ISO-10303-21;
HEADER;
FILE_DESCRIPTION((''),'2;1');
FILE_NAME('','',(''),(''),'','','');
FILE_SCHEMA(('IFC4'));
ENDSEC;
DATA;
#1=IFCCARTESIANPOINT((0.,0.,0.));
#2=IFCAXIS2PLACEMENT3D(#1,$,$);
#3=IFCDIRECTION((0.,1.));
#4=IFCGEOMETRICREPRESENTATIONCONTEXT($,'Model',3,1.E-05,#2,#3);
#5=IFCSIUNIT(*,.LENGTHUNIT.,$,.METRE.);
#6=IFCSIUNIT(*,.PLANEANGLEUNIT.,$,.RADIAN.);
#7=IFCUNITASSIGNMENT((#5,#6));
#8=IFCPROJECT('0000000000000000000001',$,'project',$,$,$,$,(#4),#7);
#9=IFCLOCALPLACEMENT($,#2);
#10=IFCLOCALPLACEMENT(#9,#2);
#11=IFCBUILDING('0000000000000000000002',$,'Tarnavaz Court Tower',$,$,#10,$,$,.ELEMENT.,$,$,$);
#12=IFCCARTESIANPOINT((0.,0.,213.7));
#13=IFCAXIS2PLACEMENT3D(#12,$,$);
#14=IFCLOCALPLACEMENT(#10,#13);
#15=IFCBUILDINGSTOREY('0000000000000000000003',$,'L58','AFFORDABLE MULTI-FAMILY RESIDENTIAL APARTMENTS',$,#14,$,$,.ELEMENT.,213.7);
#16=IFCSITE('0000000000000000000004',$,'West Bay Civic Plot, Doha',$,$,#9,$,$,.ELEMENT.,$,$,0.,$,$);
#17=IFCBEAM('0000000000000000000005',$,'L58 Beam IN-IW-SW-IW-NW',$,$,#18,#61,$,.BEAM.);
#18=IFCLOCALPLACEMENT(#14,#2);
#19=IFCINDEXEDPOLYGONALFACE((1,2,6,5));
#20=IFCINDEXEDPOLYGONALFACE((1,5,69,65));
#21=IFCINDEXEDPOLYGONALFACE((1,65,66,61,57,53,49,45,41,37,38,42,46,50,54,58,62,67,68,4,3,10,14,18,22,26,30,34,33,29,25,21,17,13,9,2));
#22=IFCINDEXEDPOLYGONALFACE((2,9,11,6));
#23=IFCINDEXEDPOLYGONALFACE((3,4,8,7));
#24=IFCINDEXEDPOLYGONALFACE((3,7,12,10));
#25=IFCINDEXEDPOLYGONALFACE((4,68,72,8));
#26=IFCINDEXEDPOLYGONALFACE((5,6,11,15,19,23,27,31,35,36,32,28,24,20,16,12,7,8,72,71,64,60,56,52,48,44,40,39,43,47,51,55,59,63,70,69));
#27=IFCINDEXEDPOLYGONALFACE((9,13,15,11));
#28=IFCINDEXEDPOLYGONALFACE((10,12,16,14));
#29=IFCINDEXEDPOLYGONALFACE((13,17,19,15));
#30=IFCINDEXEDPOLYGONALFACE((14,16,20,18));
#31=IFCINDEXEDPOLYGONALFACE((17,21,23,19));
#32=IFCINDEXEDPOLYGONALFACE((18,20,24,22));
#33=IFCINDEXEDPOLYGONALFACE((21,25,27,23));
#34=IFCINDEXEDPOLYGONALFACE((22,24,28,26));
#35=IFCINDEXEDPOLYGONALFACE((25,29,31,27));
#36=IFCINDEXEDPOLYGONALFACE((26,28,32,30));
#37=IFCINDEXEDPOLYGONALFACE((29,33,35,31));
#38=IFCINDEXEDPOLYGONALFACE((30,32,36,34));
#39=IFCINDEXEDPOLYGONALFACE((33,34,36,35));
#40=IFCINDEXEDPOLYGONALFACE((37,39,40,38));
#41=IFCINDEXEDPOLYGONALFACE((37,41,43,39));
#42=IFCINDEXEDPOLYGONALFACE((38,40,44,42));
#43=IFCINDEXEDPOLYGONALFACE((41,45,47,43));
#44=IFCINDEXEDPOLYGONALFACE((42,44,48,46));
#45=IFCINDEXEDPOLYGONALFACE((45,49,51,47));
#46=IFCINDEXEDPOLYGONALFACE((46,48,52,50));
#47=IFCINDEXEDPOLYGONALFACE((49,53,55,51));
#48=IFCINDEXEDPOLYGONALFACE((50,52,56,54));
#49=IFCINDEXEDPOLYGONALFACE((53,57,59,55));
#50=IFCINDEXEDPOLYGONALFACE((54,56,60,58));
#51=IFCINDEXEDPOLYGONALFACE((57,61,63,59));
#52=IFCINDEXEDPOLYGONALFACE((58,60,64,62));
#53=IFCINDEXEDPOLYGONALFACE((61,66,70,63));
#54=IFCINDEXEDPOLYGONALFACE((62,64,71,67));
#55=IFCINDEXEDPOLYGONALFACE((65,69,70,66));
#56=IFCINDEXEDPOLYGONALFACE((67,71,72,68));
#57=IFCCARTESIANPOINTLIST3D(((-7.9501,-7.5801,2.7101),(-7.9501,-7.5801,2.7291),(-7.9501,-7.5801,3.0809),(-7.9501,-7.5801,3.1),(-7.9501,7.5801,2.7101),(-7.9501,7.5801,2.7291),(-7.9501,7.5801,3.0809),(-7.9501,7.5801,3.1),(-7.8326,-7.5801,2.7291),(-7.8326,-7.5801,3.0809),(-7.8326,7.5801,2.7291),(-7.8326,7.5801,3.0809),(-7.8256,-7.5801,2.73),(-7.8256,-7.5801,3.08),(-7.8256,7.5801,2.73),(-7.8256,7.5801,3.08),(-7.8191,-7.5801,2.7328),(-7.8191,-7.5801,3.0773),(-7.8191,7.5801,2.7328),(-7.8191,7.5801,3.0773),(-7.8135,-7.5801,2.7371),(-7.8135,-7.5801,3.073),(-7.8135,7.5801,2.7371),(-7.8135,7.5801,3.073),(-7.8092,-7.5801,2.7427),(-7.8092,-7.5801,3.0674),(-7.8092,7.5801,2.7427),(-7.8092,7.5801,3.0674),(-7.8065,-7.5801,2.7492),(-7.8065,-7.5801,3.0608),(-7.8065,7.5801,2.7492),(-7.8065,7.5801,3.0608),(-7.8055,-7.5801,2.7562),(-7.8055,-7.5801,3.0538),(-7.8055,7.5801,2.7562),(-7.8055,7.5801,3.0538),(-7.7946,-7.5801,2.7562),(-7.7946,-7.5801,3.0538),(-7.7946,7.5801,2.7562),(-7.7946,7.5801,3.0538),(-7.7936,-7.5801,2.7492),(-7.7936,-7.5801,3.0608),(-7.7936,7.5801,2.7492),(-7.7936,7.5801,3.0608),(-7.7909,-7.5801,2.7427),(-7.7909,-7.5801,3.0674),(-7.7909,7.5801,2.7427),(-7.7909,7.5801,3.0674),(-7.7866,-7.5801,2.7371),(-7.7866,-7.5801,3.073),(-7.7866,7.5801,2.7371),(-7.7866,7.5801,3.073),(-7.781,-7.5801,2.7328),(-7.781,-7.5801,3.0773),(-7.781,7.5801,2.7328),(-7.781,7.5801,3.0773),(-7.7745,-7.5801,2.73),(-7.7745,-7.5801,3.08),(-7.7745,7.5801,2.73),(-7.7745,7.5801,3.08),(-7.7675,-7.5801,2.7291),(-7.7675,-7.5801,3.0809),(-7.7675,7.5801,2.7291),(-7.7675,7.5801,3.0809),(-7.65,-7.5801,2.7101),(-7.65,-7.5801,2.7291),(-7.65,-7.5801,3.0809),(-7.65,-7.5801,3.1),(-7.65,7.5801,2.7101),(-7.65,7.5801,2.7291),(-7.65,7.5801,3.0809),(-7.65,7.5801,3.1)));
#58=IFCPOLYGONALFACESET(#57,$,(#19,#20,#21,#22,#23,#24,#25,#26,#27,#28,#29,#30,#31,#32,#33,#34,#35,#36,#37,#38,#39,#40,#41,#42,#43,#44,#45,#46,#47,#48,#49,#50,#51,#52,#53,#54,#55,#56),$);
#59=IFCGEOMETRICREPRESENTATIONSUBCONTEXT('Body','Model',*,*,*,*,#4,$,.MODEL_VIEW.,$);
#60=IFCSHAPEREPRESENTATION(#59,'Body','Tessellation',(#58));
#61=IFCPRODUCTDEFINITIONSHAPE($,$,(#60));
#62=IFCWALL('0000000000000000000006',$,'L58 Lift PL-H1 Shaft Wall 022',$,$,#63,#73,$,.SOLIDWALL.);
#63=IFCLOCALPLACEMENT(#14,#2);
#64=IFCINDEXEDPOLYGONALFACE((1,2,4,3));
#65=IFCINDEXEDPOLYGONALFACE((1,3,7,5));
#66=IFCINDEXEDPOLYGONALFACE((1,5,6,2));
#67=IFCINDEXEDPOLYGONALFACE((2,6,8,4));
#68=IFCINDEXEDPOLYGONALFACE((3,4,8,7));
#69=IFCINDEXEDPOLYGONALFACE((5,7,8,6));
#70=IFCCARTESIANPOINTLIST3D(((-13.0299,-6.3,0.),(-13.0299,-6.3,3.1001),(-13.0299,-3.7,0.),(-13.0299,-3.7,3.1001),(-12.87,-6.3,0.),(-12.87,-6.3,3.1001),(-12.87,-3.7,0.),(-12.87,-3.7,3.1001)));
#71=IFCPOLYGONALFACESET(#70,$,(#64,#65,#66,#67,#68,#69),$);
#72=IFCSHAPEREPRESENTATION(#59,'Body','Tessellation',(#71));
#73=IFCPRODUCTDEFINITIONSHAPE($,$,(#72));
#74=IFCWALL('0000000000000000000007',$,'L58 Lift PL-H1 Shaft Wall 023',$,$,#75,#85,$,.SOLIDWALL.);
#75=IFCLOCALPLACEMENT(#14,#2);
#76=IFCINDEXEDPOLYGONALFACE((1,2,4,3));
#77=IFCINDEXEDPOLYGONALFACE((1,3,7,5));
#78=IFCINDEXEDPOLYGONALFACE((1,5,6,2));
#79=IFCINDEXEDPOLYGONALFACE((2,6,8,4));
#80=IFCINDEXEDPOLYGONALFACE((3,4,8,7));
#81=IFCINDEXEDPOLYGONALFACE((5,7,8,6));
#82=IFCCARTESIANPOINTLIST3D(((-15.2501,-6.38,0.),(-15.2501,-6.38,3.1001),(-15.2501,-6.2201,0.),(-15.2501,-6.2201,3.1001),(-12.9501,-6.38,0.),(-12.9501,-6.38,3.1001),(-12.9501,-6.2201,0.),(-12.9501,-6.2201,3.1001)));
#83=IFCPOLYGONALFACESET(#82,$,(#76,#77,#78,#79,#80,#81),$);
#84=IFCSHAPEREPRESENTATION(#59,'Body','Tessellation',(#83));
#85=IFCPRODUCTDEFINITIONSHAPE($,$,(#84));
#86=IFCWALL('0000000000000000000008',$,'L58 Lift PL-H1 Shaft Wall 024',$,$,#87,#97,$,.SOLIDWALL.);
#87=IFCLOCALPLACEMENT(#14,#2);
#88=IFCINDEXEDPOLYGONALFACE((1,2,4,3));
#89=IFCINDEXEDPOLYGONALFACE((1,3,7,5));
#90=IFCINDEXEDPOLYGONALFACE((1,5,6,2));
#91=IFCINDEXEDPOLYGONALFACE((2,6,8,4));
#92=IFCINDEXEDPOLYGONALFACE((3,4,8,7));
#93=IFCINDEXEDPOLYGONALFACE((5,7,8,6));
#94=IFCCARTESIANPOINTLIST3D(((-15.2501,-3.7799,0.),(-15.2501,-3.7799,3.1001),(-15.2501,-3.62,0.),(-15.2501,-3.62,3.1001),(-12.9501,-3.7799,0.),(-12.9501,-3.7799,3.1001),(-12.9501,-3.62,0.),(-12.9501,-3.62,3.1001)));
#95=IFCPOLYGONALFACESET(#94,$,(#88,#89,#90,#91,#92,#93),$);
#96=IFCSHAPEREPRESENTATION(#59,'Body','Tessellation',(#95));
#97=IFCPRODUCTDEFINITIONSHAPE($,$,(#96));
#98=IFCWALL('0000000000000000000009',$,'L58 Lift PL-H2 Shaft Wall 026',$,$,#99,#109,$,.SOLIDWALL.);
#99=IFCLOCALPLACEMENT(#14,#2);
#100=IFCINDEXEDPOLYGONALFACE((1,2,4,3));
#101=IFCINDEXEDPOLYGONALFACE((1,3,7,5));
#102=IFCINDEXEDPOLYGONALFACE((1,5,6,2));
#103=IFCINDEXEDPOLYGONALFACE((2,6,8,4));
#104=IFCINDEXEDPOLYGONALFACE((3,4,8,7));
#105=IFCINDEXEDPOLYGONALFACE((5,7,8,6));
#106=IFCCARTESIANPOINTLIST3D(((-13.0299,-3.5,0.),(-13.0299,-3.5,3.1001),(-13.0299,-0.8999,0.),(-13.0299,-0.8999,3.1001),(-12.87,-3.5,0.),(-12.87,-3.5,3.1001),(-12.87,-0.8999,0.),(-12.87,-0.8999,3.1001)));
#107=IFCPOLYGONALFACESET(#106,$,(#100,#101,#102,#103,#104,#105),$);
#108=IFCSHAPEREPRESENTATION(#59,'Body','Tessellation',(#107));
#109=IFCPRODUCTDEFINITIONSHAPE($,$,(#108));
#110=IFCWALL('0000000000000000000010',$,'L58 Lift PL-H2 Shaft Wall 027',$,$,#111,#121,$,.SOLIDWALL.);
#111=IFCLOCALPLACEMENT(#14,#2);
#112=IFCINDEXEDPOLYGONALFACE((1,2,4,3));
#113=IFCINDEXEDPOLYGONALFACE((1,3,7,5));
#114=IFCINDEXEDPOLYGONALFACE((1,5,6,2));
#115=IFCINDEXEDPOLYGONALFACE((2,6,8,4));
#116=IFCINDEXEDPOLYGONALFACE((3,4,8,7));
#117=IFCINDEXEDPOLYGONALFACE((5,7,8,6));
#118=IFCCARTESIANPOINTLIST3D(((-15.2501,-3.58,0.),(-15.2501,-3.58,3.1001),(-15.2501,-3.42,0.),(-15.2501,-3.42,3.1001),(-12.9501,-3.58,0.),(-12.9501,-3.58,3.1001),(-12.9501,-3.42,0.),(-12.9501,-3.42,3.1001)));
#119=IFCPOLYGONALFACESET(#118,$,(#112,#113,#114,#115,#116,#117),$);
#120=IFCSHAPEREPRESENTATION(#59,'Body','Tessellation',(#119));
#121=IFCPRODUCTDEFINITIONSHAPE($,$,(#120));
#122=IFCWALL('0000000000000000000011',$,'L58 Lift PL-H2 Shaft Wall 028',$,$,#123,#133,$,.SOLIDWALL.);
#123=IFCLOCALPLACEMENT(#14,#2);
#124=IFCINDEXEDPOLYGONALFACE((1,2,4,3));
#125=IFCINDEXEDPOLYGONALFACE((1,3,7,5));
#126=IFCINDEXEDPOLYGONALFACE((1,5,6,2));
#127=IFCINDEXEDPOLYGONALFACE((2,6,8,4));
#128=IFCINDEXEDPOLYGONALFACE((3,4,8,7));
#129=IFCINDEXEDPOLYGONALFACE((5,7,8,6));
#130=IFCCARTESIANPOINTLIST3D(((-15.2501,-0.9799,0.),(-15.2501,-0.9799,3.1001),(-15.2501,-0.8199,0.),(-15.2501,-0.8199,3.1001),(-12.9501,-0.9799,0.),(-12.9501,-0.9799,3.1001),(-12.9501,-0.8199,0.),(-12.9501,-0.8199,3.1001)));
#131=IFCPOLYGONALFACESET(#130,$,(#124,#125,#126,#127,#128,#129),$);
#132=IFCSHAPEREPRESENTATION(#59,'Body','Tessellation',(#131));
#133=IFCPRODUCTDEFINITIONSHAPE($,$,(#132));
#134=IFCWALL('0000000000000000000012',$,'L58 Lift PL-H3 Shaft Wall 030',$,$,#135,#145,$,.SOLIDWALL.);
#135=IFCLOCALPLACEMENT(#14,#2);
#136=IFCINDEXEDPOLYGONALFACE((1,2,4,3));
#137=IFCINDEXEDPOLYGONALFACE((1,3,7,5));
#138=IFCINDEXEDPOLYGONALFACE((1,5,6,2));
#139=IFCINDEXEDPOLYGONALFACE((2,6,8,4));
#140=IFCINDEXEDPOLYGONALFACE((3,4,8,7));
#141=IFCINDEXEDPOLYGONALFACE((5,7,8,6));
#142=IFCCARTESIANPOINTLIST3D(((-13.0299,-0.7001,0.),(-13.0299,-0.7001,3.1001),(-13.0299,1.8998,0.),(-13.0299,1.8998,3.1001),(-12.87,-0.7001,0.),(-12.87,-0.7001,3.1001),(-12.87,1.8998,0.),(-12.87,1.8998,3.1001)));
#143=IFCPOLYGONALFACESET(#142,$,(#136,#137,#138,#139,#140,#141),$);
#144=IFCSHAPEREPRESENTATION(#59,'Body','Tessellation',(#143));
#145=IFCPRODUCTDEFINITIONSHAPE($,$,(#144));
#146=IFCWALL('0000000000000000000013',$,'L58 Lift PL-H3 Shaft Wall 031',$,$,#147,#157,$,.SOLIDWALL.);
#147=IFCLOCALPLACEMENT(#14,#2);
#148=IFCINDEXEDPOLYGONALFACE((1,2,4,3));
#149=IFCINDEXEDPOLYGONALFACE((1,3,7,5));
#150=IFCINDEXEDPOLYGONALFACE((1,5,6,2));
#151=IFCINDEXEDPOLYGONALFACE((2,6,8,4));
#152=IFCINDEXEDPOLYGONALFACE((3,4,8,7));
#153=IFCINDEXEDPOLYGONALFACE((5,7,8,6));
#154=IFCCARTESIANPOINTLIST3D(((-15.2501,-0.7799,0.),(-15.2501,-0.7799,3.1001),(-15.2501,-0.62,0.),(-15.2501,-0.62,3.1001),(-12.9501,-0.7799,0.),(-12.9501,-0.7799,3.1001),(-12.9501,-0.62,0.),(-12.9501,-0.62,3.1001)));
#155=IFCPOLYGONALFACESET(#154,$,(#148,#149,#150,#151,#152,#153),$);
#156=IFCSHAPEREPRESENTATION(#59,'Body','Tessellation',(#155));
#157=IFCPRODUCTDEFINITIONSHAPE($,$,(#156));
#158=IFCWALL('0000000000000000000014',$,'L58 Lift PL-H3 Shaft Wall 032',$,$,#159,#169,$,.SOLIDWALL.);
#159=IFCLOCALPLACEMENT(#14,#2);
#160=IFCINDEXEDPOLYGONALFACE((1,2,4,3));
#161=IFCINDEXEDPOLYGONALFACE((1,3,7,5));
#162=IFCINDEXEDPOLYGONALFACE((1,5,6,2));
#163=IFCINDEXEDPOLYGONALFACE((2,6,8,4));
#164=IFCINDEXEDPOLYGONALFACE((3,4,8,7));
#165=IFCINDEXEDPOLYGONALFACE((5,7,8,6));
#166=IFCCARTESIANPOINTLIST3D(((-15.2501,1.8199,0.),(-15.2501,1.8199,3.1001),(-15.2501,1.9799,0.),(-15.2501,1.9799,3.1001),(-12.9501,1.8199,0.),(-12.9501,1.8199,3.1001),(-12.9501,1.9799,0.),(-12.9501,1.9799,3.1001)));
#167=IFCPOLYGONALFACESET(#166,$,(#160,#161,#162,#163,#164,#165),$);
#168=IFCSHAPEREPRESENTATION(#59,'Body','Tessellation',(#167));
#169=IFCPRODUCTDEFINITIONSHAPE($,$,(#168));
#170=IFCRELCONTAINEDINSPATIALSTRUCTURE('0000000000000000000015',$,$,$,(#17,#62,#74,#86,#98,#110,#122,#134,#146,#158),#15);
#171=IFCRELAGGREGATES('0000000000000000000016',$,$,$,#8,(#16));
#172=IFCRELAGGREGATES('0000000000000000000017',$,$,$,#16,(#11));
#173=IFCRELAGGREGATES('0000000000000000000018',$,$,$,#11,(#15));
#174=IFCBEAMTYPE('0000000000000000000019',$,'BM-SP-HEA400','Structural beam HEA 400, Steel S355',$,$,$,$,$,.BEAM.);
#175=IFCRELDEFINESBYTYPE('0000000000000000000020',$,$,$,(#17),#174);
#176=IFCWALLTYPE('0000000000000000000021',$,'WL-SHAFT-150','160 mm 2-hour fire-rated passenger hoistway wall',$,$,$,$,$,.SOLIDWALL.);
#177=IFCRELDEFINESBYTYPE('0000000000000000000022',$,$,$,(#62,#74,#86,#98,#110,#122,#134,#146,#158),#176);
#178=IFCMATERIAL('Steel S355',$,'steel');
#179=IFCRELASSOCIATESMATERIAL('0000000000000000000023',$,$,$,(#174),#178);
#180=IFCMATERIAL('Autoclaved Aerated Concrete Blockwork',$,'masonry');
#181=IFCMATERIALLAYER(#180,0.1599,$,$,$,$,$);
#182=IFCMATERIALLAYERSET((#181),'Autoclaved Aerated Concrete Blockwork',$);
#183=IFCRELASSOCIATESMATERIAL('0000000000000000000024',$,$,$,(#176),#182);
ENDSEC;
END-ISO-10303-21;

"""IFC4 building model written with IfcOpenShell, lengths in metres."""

from ifc_helpers import new_model, si_unit, direction, frame, frame_2d, origin, origin_2d, place, context, subcontext, project, spatial, rectangle, i_section, extrude, material, layer, layer_set, material_profile, profile_set, type_object, element, save


model = new_model("IFC4")

# Units and contexts
model_context = context("Model", 3, precision=1e-05, world=origin(), true_north=direction((0.0, 1.0)))
body_context = subcontext(model_context, "Body", "Model", "MODEL_VIEW")
ifc_project = project(units=[si_unit("LENGTHUNIT", "METRE"), si_unit("PLANEANGLEUNIT", "RADIAN")], contexts=[model_context])

# Site, building, storey
site_placement = place(None, origin())
site = spatial("IfcSite", under=ifc_project, at=site_placement, Name="West Bay Civic Plot, Doha", CompositionType="ELEMENT", RefElevation=0.0)
building_placement = place(site_placement, origin())
building = spatial("IfcBuilding", under=site, at=building_placement, Name="Tarnavaz Court Tower", CompositionType="ELEMENT")
storey_placement = place(building_placement, frame((0.0, 0.0, 213.7)))
storey = spatial("IfcBuildingStorey", under=building, at=storey_placement, Name="L58", Description="AFFORDABLE MULTI-FAMILY RESIDENTIAL APARTMENTS", CompositionType="ELEMENT", Elevation=213.7)

# Beam
ifc_material_1 = material(Name="Steel S355", Category="steel")
ifc_material_profile_1 = material_profile(ifc_material_1, i_section(OverallWidth=0.3, OverallDepth=0.3899, WebThickness=0.011, FlangeThickness=0.019, FilletRadius=0.0271, at=origin_2d()), Name="HEA 400")
ifc_profile_set_1 = profile_set([ifc_material_profile_1], Name="Steel S355")
beam_type_1 = type_object("IfcBeamType", Name="BM-SP-HEA400", Description="Structural beam HEA 400, Steel S355", PredefinedType="BEAM", material=ifc_profile_set_1)
for number, where, z_axis, x_axis, name in (
    (1, (-7.8, -7.5801, 2.905), (0.0, 1.0, 0.0), (-1.0, 0.0, 0.0), "L58 Beam IN-IW-SW-IW-NW"),
):
    element("IfcBeam", number, at=place(storey_placement, frame(where, z_axis=z_axis, x_axis=x_axis)), inside=storey, type_object=beam_type_1, Name=name, PredefinedType="BEAM", context=body_context, shape_type="SweptSolid", body=[
        extrude(i_section(OverallWidth=0.3, OverallDepth=0.3899, WebThickness=0.011, FlangeThickness=0.019, FilletRadius=0.0271, at=origin_2d()), origin(), (0.0, 0.0, 1.0), 15.1602),
    ])

# Shared definitions
ifc_material_2 = material(Name="Autoclaved Aerated Concrete Blockwork", Category="masonry")

# Walls
ifc_layer_1 = layer(ifc_material_2, 0.1599)
ifc_layer_set_1 = layer_set([ifc_layer_1], Name="Autoclaved Aerated Concrete Blockwork")
wall_type_1 = type_object("IfcWallType", Name="WL-SHAFT-150", Description="160 mm 2-hour fire-rated passenger hoistway wall", PredefinedType="SOLIDWALL", material=ifc_layer_set_1)
wall_1_placement = place(storey_placement, frame((-12.95, -6.3, 0.0), z_axis=(0.0, 0.0, 1.0), x_axis=(0.0, 1.0, 0.0)))
element("IfcWall", 2, at=wall_1_placement, inside=storey, type_object=wall_type_1, Name="L58 Lift PL-H1 Shaft Wall 022", PredefinedType="SOLIDWALL", context=body_context, shape_type="SweptSolid", body=[
    extrude(rectangle(XDim=2.6001, YDim=0.1599, at=frame_2d((1.3, 0.0))), origin(), (0.0, 0.0, 1.0), 3.1001),
])
for number, where, z_axis, x_axis, name in (
    (3, (-15.25, -6.3, 0.0), (0.0, 0.0, 1.0), (1.0, 0.0, 0.0), "L58 Lift PL-H1 Shaft Wall 023"),
    (4, (-15.25, -3.7, 0.0), (0.0, 0.0, 1.0), (1.0, 0.0, 0.0), "L58 Lift PL-H1 Shaft Wall 024"),
):
    element("IfcWall", number, at=place(storey_placement, frame(where, z_axis=z_axis, x_axis=x_axis)), inside=storey, type_object=wall_type_1, Name=name, PredefinedType="SOLIDWALL", context=body_context, shape_type="SweptSolid", body=[
        extrude(rectangle(XDim=2.3, YDim=0.1599, at=frame_2d((1.1499, 0.0))), origin(), (0.0, 0.0, 1.0), 3.1001),
    ])

# Walls
wall_2_placement = place(storey_placement, frame((-12.95, -3.5, 0.0), z_axis=(0.0, 0.0, 1.0), x_axis=(0.0, 1.0, 0.0)))
element("IfcWall", 5, at=wall_2_placement, inside=storey, type_object=wall_type_1, Name="L58 Lift PL-H2 Shaft Wall 026", PredefinedType="SOLIDWALL", context=body_context, shape_type="SweptSolid", body=[
    extrude(rectangle(XDim=2.6001, YDim=0.1599, at=frame_2d((1.3, 0.0))), origin(), (0.0, 0.0, 1.0), 3.1001),
])
for number, where, z_axis, x_axis, name in (
    (6, (-15.25, -3.5, 0.0), (0.0, 0.0, 1.0), (1.0, 0.0, 0.0), "L58 Lift PL-H2 Shaft Wall 027"),
    (7, (-15.25, -0.8999, 0.0), (0.0, 0.0, 1.0), (1.0, 0.0, 0.0), "L58 Lift PL-H2 Shaft Wall 028"),
):
    element("IfcWall", number, at=place(storey_placement, frame(where, z_axis=z_axis, x_axis=x_axis)), inside=storey, type_object=wall_type_1, Name=name, PredefinedType="SOLIDWALL", context=body_context, shape_type="SweptSolid", body=[
        extrude(rectangle(XDim=2.3, YDim=0.1599, at=frame_2d((1.1499, 0.0))), origin(), (0.0, 0.0, 1.0), 3.1001),
    ])

# Walls
wall_3_placement = place(storey_placement, frame((-12.95, -0.7, 0.0), z_axis=(0.0, 0.0, 1.0), x_axis=(0.0, 1.0, 0.0)))
element("IfcWall", 8, at=wall_3_placement, inside=storey, type_object=wall_type_1, Name="L58 Lift PL-H3 Shaft Wall 030", PredefinedType="SOLIDWALL", context=body_context, shape_type="SweptSolid", body=[
    extrude(rectangle(XDim=2.5999, YDim=0.1599, at=frame_2d((1.2998, 0.0))), origin(), (0.0, 0.0, 1.0), 3.1001),
])
for number, where, z_axis, x_axis, name in (
    (9, (-15.25, -0.7, 0.0), (0.0, 0.0, 1.0), (1.0, 0.0, 0.0), "L58 Lift PL-H3 Shaft Wall 031"),
    (10, (-15.25, 1.8999, 0.0), (0.0, 0.0, 1.0), (1.0, 0.0, 0.0), "L58 Lift PL-H3 Shaft Wall 032"),
):
    element("IfcWall", number, at=place(storey_placement, frame(where, z_axis=z_axis, x_axis=x_axis)), inside=storey, type_object=wall_type_1, Name=name, PredefinedType="SOLIDWALL", context=body_context, shape_type="SweptSolid", body=[
        extrude(rectangle(XDim=2.3, YDim=0.1599, at=frame_2d((1.1499, 0.0))), origin(), (0.0, 0.0, 1.0), 3.1001),
    ])

save(model, "model.ifc")
